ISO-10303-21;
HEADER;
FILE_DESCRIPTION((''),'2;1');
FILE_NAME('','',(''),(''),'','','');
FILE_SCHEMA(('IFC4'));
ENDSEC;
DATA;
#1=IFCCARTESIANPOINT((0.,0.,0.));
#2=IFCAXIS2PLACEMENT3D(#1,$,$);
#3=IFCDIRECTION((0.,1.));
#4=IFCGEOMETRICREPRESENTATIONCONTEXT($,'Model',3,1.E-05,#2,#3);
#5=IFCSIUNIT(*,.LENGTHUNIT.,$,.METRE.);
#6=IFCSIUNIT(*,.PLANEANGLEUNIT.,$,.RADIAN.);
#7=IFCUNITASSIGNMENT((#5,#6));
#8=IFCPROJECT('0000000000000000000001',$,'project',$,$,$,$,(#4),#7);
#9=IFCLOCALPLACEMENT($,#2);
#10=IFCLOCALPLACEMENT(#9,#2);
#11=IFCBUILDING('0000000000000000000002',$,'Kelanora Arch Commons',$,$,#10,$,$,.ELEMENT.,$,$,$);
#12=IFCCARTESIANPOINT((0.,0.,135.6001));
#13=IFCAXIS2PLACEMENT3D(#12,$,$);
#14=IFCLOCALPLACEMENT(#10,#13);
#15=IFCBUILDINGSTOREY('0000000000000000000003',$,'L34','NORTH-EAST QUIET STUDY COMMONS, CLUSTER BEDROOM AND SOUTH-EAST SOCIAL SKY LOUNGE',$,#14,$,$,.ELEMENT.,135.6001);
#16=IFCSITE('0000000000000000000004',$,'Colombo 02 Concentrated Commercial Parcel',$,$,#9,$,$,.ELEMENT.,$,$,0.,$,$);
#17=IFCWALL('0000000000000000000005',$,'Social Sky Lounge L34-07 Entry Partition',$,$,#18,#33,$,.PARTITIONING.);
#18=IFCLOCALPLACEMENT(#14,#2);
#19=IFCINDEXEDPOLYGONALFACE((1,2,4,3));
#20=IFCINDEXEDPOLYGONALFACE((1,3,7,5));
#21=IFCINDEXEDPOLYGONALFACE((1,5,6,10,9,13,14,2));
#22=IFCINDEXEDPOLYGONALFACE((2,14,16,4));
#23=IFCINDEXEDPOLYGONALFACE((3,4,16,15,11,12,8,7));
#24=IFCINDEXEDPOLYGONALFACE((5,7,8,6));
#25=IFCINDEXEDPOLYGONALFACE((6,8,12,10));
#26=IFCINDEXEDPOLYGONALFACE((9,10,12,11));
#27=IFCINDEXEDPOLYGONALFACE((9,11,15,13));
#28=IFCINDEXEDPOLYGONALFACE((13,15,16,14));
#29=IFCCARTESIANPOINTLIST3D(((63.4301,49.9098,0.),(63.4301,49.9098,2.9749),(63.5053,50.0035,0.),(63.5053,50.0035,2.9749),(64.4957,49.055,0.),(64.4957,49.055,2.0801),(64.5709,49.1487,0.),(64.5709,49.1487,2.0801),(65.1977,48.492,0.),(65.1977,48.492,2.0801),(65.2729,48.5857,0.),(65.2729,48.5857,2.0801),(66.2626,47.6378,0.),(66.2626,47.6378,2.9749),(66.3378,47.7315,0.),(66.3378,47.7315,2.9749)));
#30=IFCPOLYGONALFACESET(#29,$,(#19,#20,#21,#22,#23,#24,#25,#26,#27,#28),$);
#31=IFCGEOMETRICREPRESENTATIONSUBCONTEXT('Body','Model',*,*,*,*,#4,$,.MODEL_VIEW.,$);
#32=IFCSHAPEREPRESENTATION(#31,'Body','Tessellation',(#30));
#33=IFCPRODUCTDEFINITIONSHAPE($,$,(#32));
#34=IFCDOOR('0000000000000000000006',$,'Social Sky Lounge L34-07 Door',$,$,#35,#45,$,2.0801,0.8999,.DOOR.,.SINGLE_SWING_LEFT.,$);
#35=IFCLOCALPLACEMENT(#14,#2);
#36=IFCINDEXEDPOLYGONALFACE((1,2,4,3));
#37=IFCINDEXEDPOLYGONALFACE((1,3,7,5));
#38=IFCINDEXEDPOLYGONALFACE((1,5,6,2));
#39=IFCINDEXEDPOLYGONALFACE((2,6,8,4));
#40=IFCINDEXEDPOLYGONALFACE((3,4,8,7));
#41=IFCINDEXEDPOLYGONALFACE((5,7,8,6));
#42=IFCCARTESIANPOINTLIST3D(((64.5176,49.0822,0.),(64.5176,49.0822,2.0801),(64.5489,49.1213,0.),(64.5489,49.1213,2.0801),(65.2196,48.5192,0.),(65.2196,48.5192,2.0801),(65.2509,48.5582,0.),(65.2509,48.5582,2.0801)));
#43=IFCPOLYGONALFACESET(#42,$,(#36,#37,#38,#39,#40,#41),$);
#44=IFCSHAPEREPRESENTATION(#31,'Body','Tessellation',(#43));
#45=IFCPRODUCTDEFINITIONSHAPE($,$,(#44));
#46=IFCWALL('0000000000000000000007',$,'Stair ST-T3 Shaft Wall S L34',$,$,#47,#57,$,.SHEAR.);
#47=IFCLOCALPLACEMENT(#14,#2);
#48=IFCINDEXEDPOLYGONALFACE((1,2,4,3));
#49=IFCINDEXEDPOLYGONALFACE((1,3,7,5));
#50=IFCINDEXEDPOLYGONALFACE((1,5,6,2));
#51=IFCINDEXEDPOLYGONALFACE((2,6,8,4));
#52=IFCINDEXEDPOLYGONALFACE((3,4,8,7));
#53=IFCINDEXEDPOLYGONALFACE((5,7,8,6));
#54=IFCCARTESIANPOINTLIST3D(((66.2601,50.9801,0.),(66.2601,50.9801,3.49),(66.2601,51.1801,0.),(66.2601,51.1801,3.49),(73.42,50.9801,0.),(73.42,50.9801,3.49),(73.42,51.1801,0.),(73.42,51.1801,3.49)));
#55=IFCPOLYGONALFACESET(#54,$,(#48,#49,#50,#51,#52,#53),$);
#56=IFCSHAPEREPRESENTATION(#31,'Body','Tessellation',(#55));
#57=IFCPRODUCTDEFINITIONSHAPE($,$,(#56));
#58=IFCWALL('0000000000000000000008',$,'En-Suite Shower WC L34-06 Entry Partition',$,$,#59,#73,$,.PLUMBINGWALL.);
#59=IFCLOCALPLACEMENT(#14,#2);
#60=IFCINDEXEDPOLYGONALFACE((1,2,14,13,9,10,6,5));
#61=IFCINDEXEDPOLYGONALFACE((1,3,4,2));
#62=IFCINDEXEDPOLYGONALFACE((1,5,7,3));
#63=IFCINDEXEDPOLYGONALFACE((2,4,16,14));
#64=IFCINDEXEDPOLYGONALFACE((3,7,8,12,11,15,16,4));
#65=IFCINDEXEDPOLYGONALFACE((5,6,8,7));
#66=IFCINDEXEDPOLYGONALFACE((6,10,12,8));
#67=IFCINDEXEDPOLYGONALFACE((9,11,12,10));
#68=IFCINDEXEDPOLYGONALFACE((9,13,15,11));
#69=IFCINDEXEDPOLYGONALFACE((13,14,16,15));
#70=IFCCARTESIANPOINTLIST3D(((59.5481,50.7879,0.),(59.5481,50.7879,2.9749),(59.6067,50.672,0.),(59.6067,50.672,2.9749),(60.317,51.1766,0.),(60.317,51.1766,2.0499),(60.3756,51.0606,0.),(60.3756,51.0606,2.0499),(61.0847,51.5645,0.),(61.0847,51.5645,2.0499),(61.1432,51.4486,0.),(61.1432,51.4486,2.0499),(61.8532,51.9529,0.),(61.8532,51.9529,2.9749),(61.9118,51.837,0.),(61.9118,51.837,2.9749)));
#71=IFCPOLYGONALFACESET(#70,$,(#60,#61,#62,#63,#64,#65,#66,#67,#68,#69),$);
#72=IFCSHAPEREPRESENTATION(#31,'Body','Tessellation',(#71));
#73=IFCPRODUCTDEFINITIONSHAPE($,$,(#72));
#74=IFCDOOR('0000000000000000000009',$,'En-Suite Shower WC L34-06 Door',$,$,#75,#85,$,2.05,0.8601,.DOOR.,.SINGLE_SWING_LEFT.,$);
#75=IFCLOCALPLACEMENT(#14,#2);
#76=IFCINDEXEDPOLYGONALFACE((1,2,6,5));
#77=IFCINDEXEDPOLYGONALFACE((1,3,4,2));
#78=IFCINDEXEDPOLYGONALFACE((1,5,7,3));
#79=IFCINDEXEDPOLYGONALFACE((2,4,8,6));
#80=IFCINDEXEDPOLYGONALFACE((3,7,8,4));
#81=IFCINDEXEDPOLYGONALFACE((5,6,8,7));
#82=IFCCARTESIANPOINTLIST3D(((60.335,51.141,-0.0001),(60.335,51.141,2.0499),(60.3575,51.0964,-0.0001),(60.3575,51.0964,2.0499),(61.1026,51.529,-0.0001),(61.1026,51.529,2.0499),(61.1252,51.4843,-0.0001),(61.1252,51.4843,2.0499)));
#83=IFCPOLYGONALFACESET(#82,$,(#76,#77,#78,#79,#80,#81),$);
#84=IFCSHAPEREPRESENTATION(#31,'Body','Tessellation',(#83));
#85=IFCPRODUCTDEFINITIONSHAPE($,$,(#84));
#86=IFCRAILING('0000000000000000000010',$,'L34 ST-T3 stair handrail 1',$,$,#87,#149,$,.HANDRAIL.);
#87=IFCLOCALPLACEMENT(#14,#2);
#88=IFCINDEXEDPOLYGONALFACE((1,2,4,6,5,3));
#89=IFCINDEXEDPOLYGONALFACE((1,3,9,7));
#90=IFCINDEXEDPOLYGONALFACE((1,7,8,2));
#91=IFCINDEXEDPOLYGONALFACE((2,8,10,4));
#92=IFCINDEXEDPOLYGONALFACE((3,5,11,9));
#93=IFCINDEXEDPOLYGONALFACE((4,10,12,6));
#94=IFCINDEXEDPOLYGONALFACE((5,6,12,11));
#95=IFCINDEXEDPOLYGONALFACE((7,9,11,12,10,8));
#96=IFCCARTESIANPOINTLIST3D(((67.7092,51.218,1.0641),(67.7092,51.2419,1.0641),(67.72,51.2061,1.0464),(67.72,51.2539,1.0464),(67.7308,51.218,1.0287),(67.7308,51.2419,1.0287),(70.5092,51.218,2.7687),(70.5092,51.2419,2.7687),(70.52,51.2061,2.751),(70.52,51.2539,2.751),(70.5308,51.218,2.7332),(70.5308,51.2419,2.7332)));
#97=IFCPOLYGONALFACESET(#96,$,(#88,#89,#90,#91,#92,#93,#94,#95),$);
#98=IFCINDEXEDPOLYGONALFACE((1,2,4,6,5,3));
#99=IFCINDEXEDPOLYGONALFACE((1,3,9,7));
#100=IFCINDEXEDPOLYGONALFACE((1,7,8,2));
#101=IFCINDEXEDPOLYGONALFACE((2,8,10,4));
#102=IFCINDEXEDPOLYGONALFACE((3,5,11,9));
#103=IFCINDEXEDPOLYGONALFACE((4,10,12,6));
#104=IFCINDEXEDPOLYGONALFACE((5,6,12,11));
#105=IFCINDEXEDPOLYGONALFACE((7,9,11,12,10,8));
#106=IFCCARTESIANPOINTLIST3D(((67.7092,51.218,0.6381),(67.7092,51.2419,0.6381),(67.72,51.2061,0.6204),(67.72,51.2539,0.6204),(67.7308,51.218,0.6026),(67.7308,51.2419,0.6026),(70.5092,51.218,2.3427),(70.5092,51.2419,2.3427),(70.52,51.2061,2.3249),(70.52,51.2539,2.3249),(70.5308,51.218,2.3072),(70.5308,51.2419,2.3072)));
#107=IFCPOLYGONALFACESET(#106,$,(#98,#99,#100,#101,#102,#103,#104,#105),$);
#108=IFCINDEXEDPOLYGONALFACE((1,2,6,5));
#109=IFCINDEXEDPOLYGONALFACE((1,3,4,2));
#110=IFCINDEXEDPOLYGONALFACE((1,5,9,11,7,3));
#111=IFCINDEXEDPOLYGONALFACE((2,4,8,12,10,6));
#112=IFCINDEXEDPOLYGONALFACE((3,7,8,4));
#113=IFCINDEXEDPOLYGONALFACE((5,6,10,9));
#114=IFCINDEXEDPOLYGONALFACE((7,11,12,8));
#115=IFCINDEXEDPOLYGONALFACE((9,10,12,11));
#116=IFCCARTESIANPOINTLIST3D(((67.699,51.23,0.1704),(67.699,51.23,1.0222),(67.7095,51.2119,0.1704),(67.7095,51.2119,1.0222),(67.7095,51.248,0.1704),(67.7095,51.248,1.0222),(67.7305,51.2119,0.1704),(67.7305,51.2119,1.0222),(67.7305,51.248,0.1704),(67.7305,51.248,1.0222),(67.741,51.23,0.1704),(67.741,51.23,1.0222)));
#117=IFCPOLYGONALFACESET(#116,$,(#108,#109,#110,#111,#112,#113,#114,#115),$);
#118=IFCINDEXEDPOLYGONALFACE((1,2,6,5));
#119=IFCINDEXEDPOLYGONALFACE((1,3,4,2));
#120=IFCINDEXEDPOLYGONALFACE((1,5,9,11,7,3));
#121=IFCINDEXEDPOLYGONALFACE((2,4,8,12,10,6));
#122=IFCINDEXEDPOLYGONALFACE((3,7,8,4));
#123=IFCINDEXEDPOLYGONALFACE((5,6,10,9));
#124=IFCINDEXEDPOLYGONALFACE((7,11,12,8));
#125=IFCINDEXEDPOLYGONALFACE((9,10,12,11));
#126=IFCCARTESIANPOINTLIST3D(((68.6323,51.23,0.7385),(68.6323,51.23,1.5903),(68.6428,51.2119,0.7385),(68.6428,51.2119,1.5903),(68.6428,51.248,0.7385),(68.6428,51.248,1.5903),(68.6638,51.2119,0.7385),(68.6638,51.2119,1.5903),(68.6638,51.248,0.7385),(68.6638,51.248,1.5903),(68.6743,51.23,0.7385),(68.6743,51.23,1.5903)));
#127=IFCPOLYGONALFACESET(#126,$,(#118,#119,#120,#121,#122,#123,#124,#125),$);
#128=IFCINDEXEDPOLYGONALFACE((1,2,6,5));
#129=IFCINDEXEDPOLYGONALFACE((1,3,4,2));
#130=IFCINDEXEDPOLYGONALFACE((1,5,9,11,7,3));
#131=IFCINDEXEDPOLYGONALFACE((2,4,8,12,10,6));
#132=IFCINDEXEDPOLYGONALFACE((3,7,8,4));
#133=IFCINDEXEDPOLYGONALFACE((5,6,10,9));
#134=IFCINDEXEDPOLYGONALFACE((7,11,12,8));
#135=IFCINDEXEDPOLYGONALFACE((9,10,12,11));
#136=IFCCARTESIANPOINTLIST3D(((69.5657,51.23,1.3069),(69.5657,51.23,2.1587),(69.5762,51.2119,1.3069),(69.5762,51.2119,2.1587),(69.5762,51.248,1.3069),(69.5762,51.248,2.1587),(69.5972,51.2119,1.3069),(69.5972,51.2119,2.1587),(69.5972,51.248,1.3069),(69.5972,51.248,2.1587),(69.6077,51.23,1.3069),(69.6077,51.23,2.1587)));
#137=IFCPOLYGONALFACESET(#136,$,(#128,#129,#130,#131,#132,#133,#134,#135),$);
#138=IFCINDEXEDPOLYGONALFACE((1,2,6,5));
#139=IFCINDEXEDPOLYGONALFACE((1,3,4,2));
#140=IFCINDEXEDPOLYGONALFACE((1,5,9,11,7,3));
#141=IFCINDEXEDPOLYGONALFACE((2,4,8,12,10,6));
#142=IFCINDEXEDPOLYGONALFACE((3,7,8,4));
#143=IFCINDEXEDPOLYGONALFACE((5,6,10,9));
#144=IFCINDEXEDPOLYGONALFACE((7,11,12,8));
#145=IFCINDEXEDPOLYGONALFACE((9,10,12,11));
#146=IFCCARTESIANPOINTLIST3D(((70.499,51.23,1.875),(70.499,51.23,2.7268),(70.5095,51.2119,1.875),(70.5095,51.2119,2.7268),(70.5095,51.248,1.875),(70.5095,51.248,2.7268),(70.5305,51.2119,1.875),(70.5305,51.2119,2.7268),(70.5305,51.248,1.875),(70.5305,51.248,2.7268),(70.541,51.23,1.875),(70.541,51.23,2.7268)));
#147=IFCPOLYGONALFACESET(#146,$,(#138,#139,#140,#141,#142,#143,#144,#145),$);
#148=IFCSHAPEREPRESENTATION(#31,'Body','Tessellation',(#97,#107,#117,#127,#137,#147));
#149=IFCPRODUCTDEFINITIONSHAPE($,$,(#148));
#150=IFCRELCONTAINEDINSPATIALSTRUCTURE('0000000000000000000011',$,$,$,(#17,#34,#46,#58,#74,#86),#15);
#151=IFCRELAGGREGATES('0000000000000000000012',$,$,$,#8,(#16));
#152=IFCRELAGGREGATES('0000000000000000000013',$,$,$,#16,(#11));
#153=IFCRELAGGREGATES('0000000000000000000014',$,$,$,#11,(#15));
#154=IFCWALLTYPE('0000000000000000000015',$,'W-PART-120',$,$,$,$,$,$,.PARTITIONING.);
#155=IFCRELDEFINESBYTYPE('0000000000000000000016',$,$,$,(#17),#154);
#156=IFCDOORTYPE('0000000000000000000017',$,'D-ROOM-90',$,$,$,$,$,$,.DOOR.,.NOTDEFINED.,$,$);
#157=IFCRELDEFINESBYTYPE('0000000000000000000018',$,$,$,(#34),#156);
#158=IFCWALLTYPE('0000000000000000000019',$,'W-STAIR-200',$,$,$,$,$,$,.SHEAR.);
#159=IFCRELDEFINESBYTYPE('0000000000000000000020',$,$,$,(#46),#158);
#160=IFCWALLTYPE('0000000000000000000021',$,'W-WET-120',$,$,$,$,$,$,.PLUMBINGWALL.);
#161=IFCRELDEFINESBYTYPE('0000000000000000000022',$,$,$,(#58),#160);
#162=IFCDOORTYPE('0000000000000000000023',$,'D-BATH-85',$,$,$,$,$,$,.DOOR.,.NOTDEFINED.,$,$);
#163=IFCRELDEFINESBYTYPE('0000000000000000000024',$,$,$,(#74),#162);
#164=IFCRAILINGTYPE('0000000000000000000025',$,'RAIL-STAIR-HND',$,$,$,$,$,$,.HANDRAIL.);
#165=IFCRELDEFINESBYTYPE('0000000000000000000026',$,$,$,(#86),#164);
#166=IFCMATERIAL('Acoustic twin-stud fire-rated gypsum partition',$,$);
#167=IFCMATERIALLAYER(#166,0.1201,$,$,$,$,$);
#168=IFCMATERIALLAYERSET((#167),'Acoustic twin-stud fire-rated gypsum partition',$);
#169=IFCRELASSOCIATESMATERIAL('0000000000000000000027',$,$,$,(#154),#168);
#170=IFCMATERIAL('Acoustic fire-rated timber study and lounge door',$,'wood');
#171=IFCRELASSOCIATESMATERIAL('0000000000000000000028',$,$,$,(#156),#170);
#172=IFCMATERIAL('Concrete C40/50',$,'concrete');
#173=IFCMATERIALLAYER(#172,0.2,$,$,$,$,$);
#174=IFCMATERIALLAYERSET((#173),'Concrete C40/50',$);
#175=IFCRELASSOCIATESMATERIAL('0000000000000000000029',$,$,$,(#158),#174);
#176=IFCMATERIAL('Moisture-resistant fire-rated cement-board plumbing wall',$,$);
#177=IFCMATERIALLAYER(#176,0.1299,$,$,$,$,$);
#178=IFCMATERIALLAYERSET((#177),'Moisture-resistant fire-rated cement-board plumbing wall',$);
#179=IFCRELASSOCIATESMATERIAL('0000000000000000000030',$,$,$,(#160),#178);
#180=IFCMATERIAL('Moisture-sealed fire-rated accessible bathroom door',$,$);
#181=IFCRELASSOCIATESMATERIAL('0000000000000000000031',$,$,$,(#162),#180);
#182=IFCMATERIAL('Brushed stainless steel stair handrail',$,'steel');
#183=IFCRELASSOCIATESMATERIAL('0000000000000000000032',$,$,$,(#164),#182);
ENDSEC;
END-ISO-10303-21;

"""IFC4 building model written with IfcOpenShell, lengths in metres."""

from ifc_helpers import new_model, si_unit, direction, frame, frame_2d, origin, place, context, subcontext, project, spatial, polyline, rectangle, outline, extrude, material, layer, layer_set, type_object, element, fill, save


model = new_model("IFC4")

# Units and contexts
model_context = context("Model", 3, precision=1e-05, world=origin(), true_north=direction((0.0, 1.0)))
body_context = subcontext(model_context, "Body", "Model", "MODEL_VIEW")
ifc_project = project(units=[si_unit("LENGTHUNIT", "METRE"), si_unit("PLANEANGLEUNIT", "RADIAN")], contexts=[model_context])

# Site, building, storey
site_placement = place(None, origin())
site = spatial("IfcSite", under=ifc_project, at=site_placement, Name="Colombo 02 Concentrated Commercial Parcel", CompositionType="ELEMENT", RefElevation=0.0)
building_placement = place(site_placement, origin())
building = spatial("IfcBuilding", under=site, at=building_placement, Name="Kelanora Arch Commons", CompositionType="ELEMENT")
storey_placement = place(building_placement, frame((0.0, 0.0, 135.6001)))
storey = spatial("IfcBuildingStorey", under=building, at=storey_placement, Name="L34", Description="NORTH-EAST QUIET STUDY COMMONS, CLUSTER BEDROOM AND SOUTH-EAST SOCIAL SKY LOUNGE", CompositionType="ELEMENT", Elevation=135.6001)

# Wall, opening, door
ifc_material_1 = material(Name="Acoustic twin-stud fire-rated gypsum partition")
ifc_layer_1 = layer(ifc_material_1, 0.1201)
ifc_layer_set_1 = layer_set([ifc_layer_1], Name="Acoustic twin-stud fire-rated gypsum partition")
wall_type_1 = type_object("IfcWallType", Name="W-PART-120", PredefinedType="PARTITIONING", material=ifc_layer_set_1)
wall_1_placement = place(storey_placement, frame((63.4678, 49.9565, 0.0), z_axis=(0.0, 0.0, 1.0), x_axis=(0.780068, -0.625695, 0.0)))
wall_1 = element("IfcWall", 1, at=wall_1_placement, inside=storey, type_object=wall_type_1, Name="Social Sky Lounge L34-07 Entry Partition", PredefinedType="PARTITIONING", context=body_context, shape_type="SweptSolid", body=[
    extrude(rectangle(XDim=3.6311, YDim=0.1201, at=frame_2d((1.8154, 0.0))), origin(), (0.0, 0.0, 1.0), 2.9749),
])
opening_1_placement = place(wall_1_placement, frame((1.366, 0.0, 0.0)))
opening_1 = element("IfcOpeningElement", 2, at=opening_1_placement, cuts=wall_1, PredefinedType="OPENING", context=body_context, shape_type="SweptSolid", body=[
    extrude(rectangle(XDim=0.8999, YDim=2.0801, at=frame_2d((0.45, 1.04))), frame((0.0, 0.0701, 0.0), z_axis=(0.0, -1.0, 0.0), x_axis=(1.0, 0.0, 0.0)), (0.0, 0.0, 1.0), 0.1401),
])
ifc_material_2 = material(Name="Acoustic fire-rated timber study and lounge door", Category="wood")
door_type_1 = type_object("IfcDoorType", Name="D-ROOM-90", OperationType="NOTDEFINED", PredefinedType="DOOR", material=ifc_material_2)
door_1_placement = place(opening_1_placement, origin())
door_1 = element("IfcDoor", 3, at=door_1_placement, inside=storey, type_object=door_type_1, Name="Social Sky Lounge L34-07 Door", OperationType="SINGLE_SWING_LEFT", OverallHeight=2.0801, OverallWidth=0.8999, PredefinedType="DOOR", context=body_context, shape_type="SweptSolid", body=[
    extrude(rectangle(XDim=0.8999, YDim=2.0801, at=frame_2d((0.45, 1.04))), frame((0.0, 0.0249, 0.0), z_axis=(0.0, -1.0, 0.0), x_axis=(1.0, 0.0, 0.0)), (0.0, 0.0, 1.0), 0.05),
])
fill(opening_1, door_1)

# Wall
ifc_material_3 = material(Name="Concrete C40/50", Category="concrete")
ifc_layer_2 = layer(ifc_material_3, 0.2)
ifc_layer_set_2 = layer_set([ifc_layer_2], Name="Concrete C40/50")
wall_type_2 = type_object("IfcWallType", Name="W-STAIR-200", PredefinedType="SHEAR", material=ifc_layer_set_2)
wall_2_placement = place(storey_placement, frame((66.26, 51.0801, 0.0), z_axis=(0.0, 0.0, 1.0), x_axis=(1.0, 0.0, 0.0)))
element("IfcWall", 4, at=wall_2_placement, inside=storey, type_object=wall_type_2, Name="Stair ST-T3 Shaft Wall S L34", PredefinedType="SHEAR", context=body_context, shape_type="SweptSolid", body=[
    extrude(rectangle(XDim=7.1599, YDim=0.2, at=frame_2d((3.5801, 0.0))), origin(), (0.0, 0.0, 1.0), 3.49),
])

# Wall, opening, door
ifc_material_4 = material(Name="Moisture-resistant fire-rated cement-board plumbing wall")
ifc_layer_3 = layer(ifc_material_4, 0.1299)
ifc_layer_set_3 = layer_set([ifc_layer_3], Name="Moisture-resistant fire-rated cement-board plumbing wall")
wall_type_3 = type_object("IfcWallType", Name="W-WET-120", PredefinedType="PLUMBINGWALL", material=ifc_layer_set_3)
wall_3_placement = place(storey_placement, frame((61.8826, 51.895, 0.0), z_axis=(0.0, 0.0, 1.0), x_axis=(-0.892491, -0.451066, 0.0)))
wall_3 = element("IfcWall", 5, at=wall_3_placement, inside=storey, type_object=wall_type_3, Name="En-Suite Shower WC L34-06 Entry Partition", PredefinedType="PLUMBINGWALL", context=body_context, shape_type="SweptSolid", body=[
    extrude(rectangle(XDim=2.5828, YDim=0.1299, at=frame_2d((1.2915, 0.0))), origin(), (0.0, 0.0, 1.0), 2.9749),
])
opening_2_placement = place(wall_3_placement, frame((0.8611, 0.0, 0.0)))
opening_2 = element("IfcOpeningElement", 6, at=opening_2_placement, cuts=wall_3, PredefinedType="OPENING", context=body_context, shape_type="SweptSolid", body=[
    extrude(rectangle(XDim=0.8601, YDim=2.05, at=frame_2d((0.4302, 1.0249))), frame((0.0, 0.075, 0.0), z_axis=(0.0, -1.0, 0.0), x_axis=(1.0, 0.0, 0.0)), (0.0, 0.0, 1.0), 0.1499),
])
ifc_material_5 = material(Name="Moisture-sealed fire-rated accessible bathroom door")
door_type_2 = type_object("IfcDoorType", Name="D-BATH-85", OperationType="NOTDEFINED", PredefinedType="DOOR", material=ifc_material_5)
door_2_placement = place(opening_2_placement, origin())
door_2 = element("IfcDoor", 7, at=door_2_placement, inside=storey, type_object=door_type_2, Name="En-Suite Shower WC L34-06 Door", OperationType="SINGLE_SWING_LEFT", OverallHeight=2.05, OverallWidth=0.8601, PredefinedType="DOOR", context=body_context, shape_type="SweptSolid", body=[
    extrude(rectangle(XDim=0.8601, YDim=2.05, at=frame_2d((0.4302, 1.0249))), frame((0.0, 0.0249, 0.0), z_axis=(0.0, -1.0, 0.0), x_axis=(1.0, 0.0, 0.0)), (0.0, 0.0, 1.0), 0.05),
])
fill(opening_2, door_2)

# Railing
ifc_material_6 = material(Name="Brushed stainless steel stair handrail", Category="steel")
railing_type = type_object("IfcRailingType", Name="RAIL-STAIR-HND", PredefinedType="HANDRAIL", material=ifc_material_6)
railing_placement = place(storey_placement, frame((67.72, 51.23, 0.1704)))
element("IfcRailing", 8, at=railing_placement, inside=storey, type_object=railing_type, Name="L34 ST-T3 stair handrail 1", PredefinedType="HANDRAIL", context=body_context, shape_type="SweptSolid", body=[
    extrude(outline(polyline([(0.0239, 0.0), (0.012, 0.0208), (-0.012, 0.0208), (-0.0239, 0.0), (-0.012, -0.0208), (0.012, -0.0208), (0.0239, 0.0)])), frame((0.0, 0.0, 0.876), z_axis=(0.85417, 0.0, 0.519994), x_axis=(0.0, 1.0, 0.0)), (0.0, 0.0, 1.0), 3.2781),
    extrude(outline(polyline([(0.0239, 0.0), (0.012, 0.0208), (-0.012, 0.0208), (-0.0239, 0.0), (-0.012, -0.0208), (0.012, -0.0208), (0.0239, 0.0)])), frame((0.0, 0.0, 0.45), z_axis=(0.85417, 0.0, 0.519994), x_axis=(0.0, 1.0, 0.0)), (0.0, 0.0, 1.0), 3.2781),
    extrude(outline(polyline([(0.021, 0.0), (0.0105, 0.0181), (-0.0105, 0.0181), (-0.021, 0.0), (-0.0105, -0.0181), (0.0105, -0.0181), (0.021, 0.0)])), origin(), (0.0, 0.0, 1.0), 0.8518),
    extrude(outline(polyline([(0.021, 0.0), (0.0105, 0.0181), (-0.0105, 0.0181), (-0.021, 0.0), (-0.0105, -0.0181), (0.0105, -0.0181), (0.021, 0.0)])), frame((0.9333, 0.0, 0.5681)), (0.0, 0.0, 1.0), 0.8518),
    extrude(outline(polyline([(0.021, 0.0), (0.0105, 0.0181), (-0.0105, 0.0181), (-0.021, 0.0), (-0.0105, -0.0181), (0.0105, -0.0181), (0.021, 0.0)])), frame((1.8667, 0.0, 1.1365)), (0.0, 0.0, 1.0), 0.8518),
    extrude(outline(polyline([(0.021, 0.0), (0.0105, 0.0181), (-0.0105, 0.0181), (-0.021, 0.0), (-0.0105, -0.0181), (0.0105, -0.0181), (0.021, 0.0)])), frame((2.8, 0.0, 1.7046)), (0.0, 0.0, 1.0), 0.8518),
])

save(model, "model.ifc")
